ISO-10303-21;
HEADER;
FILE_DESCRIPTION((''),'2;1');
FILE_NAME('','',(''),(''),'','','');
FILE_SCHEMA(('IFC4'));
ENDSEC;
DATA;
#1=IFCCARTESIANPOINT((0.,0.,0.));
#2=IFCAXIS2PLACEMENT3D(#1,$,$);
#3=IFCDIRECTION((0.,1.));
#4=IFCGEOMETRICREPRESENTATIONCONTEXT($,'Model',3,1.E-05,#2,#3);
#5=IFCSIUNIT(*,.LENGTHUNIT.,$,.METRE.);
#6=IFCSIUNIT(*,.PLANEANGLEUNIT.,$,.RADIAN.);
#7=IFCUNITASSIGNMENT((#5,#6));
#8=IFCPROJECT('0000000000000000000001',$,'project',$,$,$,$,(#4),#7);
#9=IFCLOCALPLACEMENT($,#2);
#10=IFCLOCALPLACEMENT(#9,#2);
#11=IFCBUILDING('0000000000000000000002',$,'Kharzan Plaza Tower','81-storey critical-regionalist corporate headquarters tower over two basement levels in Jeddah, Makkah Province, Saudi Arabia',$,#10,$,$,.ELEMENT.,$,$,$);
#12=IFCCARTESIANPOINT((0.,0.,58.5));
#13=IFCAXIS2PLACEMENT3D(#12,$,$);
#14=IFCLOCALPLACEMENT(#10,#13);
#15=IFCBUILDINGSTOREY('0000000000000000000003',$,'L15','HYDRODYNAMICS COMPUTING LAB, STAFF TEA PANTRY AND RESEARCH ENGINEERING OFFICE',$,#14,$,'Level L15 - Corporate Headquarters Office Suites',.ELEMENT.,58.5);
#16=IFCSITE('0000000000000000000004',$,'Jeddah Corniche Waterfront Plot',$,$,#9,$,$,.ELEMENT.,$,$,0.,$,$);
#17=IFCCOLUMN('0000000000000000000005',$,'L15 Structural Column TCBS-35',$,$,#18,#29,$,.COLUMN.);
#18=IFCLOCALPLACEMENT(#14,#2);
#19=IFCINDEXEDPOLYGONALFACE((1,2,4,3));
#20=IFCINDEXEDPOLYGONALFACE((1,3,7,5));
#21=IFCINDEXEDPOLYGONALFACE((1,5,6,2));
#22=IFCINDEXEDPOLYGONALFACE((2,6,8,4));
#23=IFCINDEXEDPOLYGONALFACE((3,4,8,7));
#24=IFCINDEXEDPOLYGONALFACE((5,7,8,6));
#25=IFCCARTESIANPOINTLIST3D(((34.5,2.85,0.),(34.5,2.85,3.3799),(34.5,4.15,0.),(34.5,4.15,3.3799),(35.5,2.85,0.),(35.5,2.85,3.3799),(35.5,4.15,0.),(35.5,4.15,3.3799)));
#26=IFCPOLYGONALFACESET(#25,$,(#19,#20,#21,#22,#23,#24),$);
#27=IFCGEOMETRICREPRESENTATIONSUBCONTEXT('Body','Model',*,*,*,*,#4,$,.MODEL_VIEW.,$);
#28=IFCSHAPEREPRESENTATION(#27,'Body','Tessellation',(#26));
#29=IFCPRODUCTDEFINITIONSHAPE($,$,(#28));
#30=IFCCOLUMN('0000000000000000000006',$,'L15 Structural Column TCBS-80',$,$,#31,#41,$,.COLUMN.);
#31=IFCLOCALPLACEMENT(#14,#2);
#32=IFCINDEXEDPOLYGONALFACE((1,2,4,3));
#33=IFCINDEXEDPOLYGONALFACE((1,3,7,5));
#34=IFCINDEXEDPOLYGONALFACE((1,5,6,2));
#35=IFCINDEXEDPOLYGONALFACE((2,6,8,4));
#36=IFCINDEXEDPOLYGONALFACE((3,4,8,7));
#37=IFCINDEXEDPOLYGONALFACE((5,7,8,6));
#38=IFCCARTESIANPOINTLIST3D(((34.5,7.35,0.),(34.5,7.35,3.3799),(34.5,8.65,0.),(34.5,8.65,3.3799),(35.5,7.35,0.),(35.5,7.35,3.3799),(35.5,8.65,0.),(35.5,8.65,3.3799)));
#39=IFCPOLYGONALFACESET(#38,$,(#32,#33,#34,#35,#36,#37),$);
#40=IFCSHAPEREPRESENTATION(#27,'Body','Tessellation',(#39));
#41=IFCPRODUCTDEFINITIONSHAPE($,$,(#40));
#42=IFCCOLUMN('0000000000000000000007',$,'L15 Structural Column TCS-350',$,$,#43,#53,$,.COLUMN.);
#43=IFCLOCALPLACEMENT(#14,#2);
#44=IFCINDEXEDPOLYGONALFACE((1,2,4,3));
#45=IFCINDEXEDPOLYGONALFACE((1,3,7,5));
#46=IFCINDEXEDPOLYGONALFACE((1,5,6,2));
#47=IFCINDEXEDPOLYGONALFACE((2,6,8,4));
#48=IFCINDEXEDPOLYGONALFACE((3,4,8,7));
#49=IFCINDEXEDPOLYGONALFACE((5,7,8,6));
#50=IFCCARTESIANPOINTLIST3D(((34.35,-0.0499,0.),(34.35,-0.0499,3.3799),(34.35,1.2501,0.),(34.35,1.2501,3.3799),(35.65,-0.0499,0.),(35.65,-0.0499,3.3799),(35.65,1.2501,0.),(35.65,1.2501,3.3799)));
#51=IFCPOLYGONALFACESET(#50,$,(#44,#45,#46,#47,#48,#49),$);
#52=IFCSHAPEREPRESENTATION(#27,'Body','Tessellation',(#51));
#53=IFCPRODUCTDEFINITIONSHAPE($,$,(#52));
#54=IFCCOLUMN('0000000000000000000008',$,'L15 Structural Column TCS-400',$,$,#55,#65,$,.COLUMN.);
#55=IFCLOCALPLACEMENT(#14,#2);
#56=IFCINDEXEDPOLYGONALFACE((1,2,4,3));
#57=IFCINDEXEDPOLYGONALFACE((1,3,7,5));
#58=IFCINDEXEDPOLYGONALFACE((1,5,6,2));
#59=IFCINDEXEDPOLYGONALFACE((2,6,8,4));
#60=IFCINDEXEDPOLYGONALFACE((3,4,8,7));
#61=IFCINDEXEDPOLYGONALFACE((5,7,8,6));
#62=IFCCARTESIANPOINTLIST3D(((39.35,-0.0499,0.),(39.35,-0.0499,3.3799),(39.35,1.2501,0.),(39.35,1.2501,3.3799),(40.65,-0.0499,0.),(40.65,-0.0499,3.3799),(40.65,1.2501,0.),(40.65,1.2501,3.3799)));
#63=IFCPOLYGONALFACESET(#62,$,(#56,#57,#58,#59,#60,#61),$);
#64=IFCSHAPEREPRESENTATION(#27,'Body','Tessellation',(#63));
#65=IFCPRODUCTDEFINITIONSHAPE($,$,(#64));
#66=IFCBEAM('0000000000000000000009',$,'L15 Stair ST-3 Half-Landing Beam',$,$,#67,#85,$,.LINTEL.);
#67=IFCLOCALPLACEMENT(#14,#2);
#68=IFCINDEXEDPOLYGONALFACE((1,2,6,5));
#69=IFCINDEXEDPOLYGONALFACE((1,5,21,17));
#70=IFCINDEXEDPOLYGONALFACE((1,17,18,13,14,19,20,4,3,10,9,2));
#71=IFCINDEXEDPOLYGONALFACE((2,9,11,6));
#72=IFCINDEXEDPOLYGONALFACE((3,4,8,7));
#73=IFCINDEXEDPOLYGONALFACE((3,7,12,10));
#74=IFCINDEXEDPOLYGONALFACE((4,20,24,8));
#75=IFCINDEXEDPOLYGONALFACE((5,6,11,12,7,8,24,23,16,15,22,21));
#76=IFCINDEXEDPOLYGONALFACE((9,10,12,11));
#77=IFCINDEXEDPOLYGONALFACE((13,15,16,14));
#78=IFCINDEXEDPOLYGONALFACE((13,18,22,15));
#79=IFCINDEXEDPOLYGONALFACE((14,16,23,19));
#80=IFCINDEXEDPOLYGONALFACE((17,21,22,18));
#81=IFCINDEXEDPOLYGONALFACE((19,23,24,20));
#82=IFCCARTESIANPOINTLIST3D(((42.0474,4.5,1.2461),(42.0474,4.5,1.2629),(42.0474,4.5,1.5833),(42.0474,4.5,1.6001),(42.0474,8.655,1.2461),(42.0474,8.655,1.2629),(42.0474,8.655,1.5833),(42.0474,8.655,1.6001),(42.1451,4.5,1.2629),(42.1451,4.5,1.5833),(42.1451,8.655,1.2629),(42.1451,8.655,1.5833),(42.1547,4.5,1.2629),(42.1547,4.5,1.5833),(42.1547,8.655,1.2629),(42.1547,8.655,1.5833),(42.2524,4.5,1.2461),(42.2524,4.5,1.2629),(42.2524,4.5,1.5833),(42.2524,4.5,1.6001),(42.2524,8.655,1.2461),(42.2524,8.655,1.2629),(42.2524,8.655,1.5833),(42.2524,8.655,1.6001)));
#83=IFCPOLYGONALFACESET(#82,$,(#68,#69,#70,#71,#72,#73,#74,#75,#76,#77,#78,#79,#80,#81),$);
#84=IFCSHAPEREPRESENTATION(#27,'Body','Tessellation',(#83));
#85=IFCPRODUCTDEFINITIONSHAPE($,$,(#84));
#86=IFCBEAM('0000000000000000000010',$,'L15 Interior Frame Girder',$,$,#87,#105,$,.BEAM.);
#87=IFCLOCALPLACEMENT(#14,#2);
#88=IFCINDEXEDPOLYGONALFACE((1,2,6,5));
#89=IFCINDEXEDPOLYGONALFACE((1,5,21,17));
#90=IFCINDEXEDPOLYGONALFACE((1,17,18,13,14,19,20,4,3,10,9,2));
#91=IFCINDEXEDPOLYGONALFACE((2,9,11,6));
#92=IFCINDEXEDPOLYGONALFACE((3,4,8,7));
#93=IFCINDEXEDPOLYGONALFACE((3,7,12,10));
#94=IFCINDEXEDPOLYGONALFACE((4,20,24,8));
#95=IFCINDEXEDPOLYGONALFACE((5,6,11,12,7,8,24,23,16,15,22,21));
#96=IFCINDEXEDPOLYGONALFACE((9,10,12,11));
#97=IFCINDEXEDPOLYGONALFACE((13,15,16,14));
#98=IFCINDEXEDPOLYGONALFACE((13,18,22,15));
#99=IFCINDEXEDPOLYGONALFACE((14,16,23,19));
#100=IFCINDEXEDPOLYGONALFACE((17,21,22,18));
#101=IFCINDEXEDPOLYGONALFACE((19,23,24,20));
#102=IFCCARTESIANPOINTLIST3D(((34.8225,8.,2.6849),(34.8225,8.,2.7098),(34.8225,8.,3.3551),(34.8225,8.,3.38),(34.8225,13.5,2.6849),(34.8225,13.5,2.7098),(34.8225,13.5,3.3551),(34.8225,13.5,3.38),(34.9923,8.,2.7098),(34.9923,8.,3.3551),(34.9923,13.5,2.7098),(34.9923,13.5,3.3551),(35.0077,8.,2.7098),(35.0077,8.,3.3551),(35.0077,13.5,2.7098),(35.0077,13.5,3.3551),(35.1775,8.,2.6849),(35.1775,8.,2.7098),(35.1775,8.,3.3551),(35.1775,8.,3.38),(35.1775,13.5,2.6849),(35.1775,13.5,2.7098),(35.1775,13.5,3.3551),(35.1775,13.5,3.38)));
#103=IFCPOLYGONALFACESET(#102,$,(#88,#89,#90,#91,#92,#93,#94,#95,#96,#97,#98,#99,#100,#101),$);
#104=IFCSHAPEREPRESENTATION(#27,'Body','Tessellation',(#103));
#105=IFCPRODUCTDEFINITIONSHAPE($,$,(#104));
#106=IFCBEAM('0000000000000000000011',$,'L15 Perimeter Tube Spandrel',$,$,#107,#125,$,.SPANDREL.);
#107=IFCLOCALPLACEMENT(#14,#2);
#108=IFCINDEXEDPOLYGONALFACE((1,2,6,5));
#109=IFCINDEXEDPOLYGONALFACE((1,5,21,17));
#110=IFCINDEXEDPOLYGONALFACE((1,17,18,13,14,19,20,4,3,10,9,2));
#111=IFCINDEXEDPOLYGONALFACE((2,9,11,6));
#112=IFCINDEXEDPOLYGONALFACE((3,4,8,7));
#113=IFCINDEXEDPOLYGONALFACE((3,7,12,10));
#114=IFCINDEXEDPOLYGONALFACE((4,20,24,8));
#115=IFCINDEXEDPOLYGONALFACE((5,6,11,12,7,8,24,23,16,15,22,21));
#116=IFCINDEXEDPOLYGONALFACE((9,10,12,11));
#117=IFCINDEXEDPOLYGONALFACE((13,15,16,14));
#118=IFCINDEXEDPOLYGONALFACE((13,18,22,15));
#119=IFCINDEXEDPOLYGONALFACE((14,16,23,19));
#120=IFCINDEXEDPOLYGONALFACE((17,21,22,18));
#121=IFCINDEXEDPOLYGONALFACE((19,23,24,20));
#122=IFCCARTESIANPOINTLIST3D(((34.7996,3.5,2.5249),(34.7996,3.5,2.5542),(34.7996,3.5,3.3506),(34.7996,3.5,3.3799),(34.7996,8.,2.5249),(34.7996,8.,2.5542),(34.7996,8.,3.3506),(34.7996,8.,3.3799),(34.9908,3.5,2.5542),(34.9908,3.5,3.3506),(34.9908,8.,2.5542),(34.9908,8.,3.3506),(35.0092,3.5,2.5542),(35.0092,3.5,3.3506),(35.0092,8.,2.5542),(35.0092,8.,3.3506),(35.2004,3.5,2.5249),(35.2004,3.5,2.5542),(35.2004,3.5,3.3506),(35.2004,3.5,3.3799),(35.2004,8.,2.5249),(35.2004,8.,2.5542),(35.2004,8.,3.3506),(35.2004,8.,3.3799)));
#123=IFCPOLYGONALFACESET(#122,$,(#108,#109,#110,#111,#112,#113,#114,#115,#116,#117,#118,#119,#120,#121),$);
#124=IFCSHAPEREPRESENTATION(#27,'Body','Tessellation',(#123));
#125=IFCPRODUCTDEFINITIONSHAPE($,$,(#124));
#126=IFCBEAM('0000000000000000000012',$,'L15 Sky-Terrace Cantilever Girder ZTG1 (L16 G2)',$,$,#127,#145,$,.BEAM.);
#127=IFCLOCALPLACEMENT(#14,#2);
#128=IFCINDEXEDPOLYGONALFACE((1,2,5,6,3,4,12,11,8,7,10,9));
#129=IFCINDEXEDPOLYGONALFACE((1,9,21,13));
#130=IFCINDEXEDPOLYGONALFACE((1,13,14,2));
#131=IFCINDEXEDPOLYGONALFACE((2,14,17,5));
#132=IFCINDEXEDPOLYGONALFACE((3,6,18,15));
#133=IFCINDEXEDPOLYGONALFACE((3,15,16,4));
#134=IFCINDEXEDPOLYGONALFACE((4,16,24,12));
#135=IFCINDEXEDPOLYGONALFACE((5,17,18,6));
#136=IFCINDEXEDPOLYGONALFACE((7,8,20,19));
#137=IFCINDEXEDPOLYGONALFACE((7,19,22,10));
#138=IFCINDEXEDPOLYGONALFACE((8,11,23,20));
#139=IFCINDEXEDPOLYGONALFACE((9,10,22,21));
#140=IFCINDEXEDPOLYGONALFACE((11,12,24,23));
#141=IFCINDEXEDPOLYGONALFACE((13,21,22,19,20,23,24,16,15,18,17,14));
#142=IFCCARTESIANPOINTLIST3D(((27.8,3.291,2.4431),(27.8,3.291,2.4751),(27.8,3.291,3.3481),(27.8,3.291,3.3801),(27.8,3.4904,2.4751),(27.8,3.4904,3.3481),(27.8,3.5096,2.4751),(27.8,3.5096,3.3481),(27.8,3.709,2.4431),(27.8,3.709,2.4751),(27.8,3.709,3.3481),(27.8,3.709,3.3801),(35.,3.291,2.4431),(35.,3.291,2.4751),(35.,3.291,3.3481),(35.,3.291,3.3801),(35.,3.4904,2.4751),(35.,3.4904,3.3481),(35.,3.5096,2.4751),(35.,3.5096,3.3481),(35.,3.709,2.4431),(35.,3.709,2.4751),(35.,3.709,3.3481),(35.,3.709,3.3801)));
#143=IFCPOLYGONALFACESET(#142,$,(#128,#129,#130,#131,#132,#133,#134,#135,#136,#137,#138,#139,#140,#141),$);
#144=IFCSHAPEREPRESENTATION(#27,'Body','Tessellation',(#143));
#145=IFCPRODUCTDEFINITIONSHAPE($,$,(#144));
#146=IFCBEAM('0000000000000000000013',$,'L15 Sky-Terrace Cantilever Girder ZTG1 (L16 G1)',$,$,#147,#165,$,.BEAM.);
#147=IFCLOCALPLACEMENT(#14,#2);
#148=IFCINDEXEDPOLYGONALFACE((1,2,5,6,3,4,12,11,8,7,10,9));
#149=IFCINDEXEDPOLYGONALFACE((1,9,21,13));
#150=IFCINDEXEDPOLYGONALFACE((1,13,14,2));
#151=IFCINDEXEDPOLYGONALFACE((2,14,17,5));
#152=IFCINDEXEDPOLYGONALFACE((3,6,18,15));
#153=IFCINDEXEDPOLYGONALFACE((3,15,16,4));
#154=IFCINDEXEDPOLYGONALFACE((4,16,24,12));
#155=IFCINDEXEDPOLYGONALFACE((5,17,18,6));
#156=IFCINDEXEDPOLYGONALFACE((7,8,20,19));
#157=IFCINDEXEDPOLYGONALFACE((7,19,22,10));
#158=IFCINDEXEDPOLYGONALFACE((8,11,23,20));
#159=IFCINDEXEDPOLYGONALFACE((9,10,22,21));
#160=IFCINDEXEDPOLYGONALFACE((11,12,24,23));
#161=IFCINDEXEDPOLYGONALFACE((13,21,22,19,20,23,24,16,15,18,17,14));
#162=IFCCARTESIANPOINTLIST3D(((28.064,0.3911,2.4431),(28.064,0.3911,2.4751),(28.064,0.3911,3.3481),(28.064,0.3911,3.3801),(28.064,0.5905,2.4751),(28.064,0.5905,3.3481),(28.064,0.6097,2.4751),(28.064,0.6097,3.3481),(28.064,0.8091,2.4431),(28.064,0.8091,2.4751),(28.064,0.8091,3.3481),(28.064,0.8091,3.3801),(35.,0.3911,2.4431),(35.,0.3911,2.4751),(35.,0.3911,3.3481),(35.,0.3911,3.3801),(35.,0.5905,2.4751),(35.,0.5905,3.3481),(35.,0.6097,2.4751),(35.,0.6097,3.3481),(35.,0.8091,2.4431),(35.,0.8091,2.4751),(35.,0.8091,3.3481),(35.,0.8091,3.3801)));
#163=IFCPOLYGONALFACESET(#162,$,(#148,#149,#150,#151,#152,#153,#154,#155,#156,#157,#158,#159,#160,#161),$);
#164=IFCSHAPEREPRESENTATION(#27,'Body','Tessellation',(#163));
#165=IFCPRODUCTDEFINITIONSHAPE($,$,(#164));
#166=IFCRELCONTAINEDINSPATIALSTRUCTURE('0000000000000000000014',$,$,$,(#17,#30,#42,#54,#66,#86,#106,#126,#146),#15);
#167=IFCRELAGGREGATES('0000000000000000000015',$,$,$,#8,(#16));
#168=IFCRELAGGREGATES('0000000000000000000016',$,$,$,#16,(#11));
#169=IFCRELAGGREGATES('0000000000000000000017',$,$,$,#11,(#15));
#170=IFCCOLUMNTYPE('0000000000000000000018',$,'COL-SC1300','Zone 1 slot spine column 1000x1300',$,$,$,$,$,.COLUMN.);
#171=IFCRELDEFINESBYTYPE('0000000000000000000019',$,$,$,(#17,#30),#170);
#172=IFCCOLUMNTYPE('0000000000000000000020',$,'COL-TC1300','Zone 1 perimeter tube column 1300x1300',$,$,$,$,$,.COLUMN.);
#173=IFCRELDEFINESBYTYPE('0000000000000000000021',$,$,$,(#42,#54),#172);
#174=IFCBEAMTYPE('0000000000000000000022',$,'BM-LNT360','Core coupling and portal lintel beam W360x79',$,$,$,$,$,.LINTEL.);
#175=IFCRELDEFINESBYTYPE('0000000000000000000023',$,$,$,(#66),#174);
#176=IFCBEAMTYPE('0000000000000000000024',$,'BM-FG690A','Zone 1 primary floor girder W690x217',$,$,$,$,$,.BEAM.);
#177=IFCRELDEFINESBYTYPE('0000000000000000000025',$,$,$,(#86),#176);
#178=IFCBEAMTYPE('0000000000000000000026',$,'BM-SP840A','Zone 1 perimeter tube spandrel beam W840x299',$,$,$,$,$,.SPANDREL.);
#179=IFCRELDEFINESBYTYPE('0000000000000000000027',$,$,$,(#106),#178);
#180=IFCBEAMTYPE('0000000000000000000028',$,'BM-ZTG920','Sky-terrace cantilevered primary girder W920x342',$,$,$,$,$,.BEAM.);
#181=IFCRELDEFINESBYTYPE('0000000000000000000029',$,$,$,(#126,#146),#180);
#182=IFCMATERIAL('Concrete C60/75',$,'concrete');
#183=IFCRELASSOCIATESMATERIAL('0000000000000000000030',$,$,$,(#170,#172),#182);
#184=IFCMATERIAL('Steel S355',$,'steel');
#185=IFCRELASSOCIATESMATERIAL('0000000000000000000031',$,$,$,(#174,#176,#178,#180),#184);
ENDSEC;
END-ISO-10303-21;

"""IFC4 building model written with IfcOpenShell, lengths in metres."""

from ifc_helpers import new_model, si_unit, direction, frame, origin, origin_2d, place, context, subcontext, project, spatial, rectangle, i_section, extrude, source, transform, mapped, material, material_profile, profile_set, type_object, element, save


model = new_model("IFC4")

# Units and contexts
model_context = context("Model", 3, precision=1e-05, world=origin(), true_north=direction((0.0, 1.0)))
body_context = subcontext(model_context, "Body", "Model", "MODEL_VIEW")
ifc_project = project(units=[si_unit("LENGTHUNIT", "METRE"), si_unit("PLANEANGLEUNIT", "RADIAN")], contexts=[model_context])

# Site, building, storey
site_placement = place(None, origin())
site = spatial("IfcSite", under=ifc_project, at=site_placement, Name="Jeddah Corniche Waterfront Plot", CompositionType="ELEMENT", RefElevation=0.0)
building_placement = place(site_placement, origin())
building = spatial("IfcBuilding", under=site, at=building_placement, Name="Kharzan Plaza Tower", Description="81-storey critical-regionalist corporate headquarters tower over two basement levels in Jeddah, Makkah Province, Saudi Arabia", CompositionType="ELEMENT")
storey_placement = place(building_placement, frame((0.0, 0.0, 58.5)))
storey = spatial("IfcBuildingStorey", under=building, at=storey_placement, Name="L15", Description="HYDRODYNAMICS COMPUTING LAB, STAFF TEA PANTRY AND RESEARCH ENGINEERING OFFICE", LongName="Level L15 - Corporate Headquarters Office Suites", CompositionType="ELEMENT", Elevation=58.5)

# Columns
ifc_material_1 = material(Name="Concrete C60/75", Category="concrete")
ifc_material_profile_1 = material_profile(ifc_material_1, rectangle(XDim=1.0, YDim=1.3, at=origin_2d()), Name="RC-SC1300x1000")
ifc_profile_set_1 = profile_set([ifc_material_profile_1], Name="Concrete C60/75")
column_type_1 = type_object("IfcColumnType", Name="COL-SC1300", Description="Zone 1 slot spine column 1000x1300", PredefinedType="COLUMN", material=ifc_profile_set_1)
shared_shape_1 = source(origin(), body_context, "Body", "SweptSolid", [
    extrude(rectangle(XDim=1.0, YDim=1.3, at=origin_2d()), origin(), (0.0, 0.0, 1.0), 3.3799),
])
for number, where, z_axis, x_axis, name in (
    (1, (35.0, 3.5, 0.0), (0.0, 0.0, 1.0), (1.0, 0.0, 0.0), "L15 Structural Column TCBS-35"),
    (2, (35.0, 8.0, 0.0), (0.0, 0.0, 1.0), (1.0, 0.0, 0.0), "L15 Structural Column TCBS-80"),
):
    element("IfcColumn", number, at=place(storey_placement, frame(where, z_axis=z_axis, x_axis=x_axis)), inside=storey, type_object=column_type_1, Name=name, PredefinedType="COLUMN", context=body_context, shape_type="MappedRepresentation", body=[
        mapped(shared_shape_1, transform((0.0, 0.0, 0.0), x_axis=(1.0, 0.0, 0.0), y_axis=(0.0, 1.0, 0.0), z_axis=(0.0, 0.0, 1.0))),
    ])
ifc_material_profile_2 = material_profile(ifc_material_1, rectangle(XDim=1.3, YDim=1.3, at=origin_2d()), Name="RC-TC1300x1300")
ifc_profile_set_2 = profile_set([ifc_material_profile_2], Name="Concrete C60/75")
column_type_2 = type_object("IfcColumnType", Name="COL-TC1300", Description="Zone 1 perimeter tube column 1300x1300", PredefinedType="COLUMN", material=ifc_profile_set_2)
shared_shape_2 = source(origin(), body_context, "Body", "SweptSolid", [
    extrude(rectangle(XDim=1.3, YDim=1.3, at=origin_2d()), origin(), (0.0, 0.0, 1.0), 3.3799),
])
for number, where, z_axis, x_axis, name in (
    (3, (35.0, 0.6001, 0.0), (0.0, 0.0, 1.0), (1.0, 0.0, 0.0), "L15 Structural Column TCS-350"),
    (4, (40.0, 0.6001, 0.0), (0.0, 0.0, 1.0), (1.0, 0.0, 0.0), "L15 Structural Column TCS-400"),
):
    element("IfcColumn", number, at=place(storey_placement, frame(where, z_axis=z_axis, x_axis=x_axis)), inside=storey, type_object=column_type_2, Name=name, PredefinedType="COLUMN", context=body_context, shape_type="MappedRepresentation", body=[
        mapped(shared_shape_2, transform((0.0, 0.0, 0.0), x_axis=(1.0, 0.0, 0.0), y_axis=(0.0, 1.0, 0.0), z_axis=(0.0, 0.0, 1.0))),
    ])

# Beams
ifc_material_2 = material(Name="Steel S355", Category="steel")
ifc_material_profile_3 = material_profile(ifc_material_2, i_section(OverallWidth=0.2051, OverallDepth=0.354, WebThickness=0.0095, FlangeThickness=0.0168, at=origin_2d()), Name="W360x79")
ifc_profile_set_3 = profile_set([ifc_material_profile_3], Name="Steel S355")
beam_type_1 = type_object("IfcBeamType", Name="BM-LNT360", Description="Core coupling and portal lintel beam W360x79", PredefinedType="LINTEL", material=ifc_profile_set_3)
shared_shape_3 = source(origin(), body_context, "Body", "SweptSolid", [
    extrude(i_section(OverallWidth=0.2051, OverallDepth=0.354, WebThickness=0.0095, FlangeThickness=0.0168, at=origin_2d()), origin(), (0.0, 0.0, 1.0), 4.155),
])
beam_1_placement = place(storey_placement, frame((42.1499, 4.5, 1.4231), z_axis=(0.0, 1.0, 0.0), x_axis=(-1.0, 0.0, 0.0)))
element("IfcBeam", 5, at=beam_1_placement, inside=storey, type_object=beam_type_1, Name="L15 Stair ST-3 Half-Landing Beam", PredefinedType="LINTEL", context=body_context, shape_type="MappedRepresentation", body=[
    mapped(shared_shape_3, transform((0.0, 0.0, 0.0), x_axis=(1.0, 0.0, 0.0), y_axis=(0.0, 1.0, 0.0), z_axis=(0.0, 0.0, 1.0))),
])
ifc_material_profile_4 = material_profile(ifc_material_2, i_section(OverallWidth=0.355, OverallDepth=0.6951, WebThickness=0.0154, FlangeThickness=0.0249, at=origin_2d()), Name="W690x217")
ifc_profile_set_4 = profile_set([ifc_material_profile_4], Name="Steel S355")
beam_type_2 = type_object("IfcBeamType", Name="BM-FG690A", Description="Zone 1 primary floor girder W690x217", PredefinedType="BEAM", material=ifc_profile_set_4)
shared_shape_4 = source(origin(), body_context, "Body", "SweptSolid", [
    extrude(i_section(OverallWidth=0.355, OverallDepth=0.6951, WebThickness=0.0154, FlangeThickness=0.0249, at=origin_2d()), origin(), (0.0, 0.0, 1.0), 5.5),
])
beam_2_placement = place(storey_placement, frame((35.0, 8.0, 3.0325), z_axis=(0.0, 1.0, 0.0), x_axis=(-1.0, 0.0, 0.0)))
element("IfcBeam", 6, at=beam_2_placement, inside=storey, type_object=beam_type_2, Name="L15 Interior Frame Girder", PredefinedType="BEAM", context=body_context, shape_type="MappedRepresentation", body=[
    mapped(shared_shape_4, transform((0.0, 0.0, 0.0), x_axis=(1.0, 0.0, 0.0), y_axis=(0.0, 1.0, 0.0), z_axis=(0.0, 0.0, 1.0))),
])
ifc_material_profile_5 = material_profile(ifc_material_2, i_section(OverallWidth=0.4009, OverallDepth=0.855, WebThickness=0.0183, FlangeThickness=0.0293, at=origin_2d()), Name="W840x299")
ifc_profile_set_5 = profile_set([ifc_material_profile_5], Name="Steel S355")
beam_type_3 = type_object("IfcBeamType", Name="BM-SP840A", Description="Zone 1 perimeter tube spandrel beam W840x299", PredefinedType="SPANDREL", material=ifc_profile_set_5)
shared_shape_5 = source(origin(), body_context, "Body", "SweptSolid", [
    extrude(i_section(OverallWidth=0.4009, OverallDepth=0.855, WebThickness=0.0183, FlangeThickness=0.0293, at=origin_2d()), origin(), (0.0, 0.0, 1.0), 4.5),
])
beam_3_placement = place(storey_placement, frame((35.0, 3.5, 2.9524), z_axis=(0.0, 1.0, 0.0), x_axis=(-1.0, 0.0, 0.0)))
element("IfcBeam", 7, at=beam_3_placement, inside=storey, type_object=beam_type_3, Name="L15 Perimeter Tube Spandrel", PredefinedType="SPANDREL", context=body_context, shape_type="MappedRepresentation", body=[
    mapped(shared_shape_5, transform((0.0, 0.0, 0.0), x_axis=(1.0, 0.0, 0.0), y_axis=(0.0, 1.0, 0.0), z_axis=(0.0, 0.0, 1.0))),
])
ifc_material_profile_6 = material_profile(ifc_material_2, i_section(OverallWidth=0.418, OverallDepth=0.937, WebThickness=0.0193, FlangeThickness=0.032, at=origin_2d()), Name="W920x342")
ifc_profile_set_6 = profile_set([ifc_material_profile_6], Name="Steel S355")
beam_type_4 = type_object("IfcBeamType", Name="BM-ZTG920", Description="Sky-terrace cantilevered primary girder W920x342", PredefinedType="BEAM", material=ifc_profile_set_6)
shared_shape_6 = source(origin(), body_context, "Body", "SweptSolid", [
    extrude(i_section(OverallWidth=0.418, OverallDepth=0.937, WebThickness=0.0193, FlangeThickness=0.032, at=origin_2d()), origin(), (0.0, 0.0, 1.0), 7.2),
])
beam_4_placement = place(storey_placement, frame((35.0, 3.5, 2.9116), z_axis=(-1.0, 0.0, 0.0), x_axis=(0.0, -1.0, 0.0)))
element("IfcBeam", 8, at=beam_4_placement, inside=storey, type_object=beam_type_4, Name="L15 Sky-Terrace Cantilever Girder ZTG1 (L16 G2)", PredefinedType="BEAM", context=body_context, shape_type="MappedRepresentation", body=[
    mapped(shared_shape_6, transform((0.0, 0.0, 0.0), x_axis=(1.0, 0.0, 0.0), y_axis=(0.0, 1.0, 0.0), z_axis=(0.0, 0.0, 1.0))),
])
shared_shape_7 = source(origin(), body_context, "Body", "SweptSolid", [
    extrude(i_section(OverallWidth=0.418, OverallDepth=0.937, WebThickness=0.0193, FlangeThickness=0.032, at=origin_2d()), origin(), (0.0, 0.0, 1.0), 6.936),
])
beam_5_placement = place(storey_placement, frame((35.0, 0.6001, 2.9116), z_axis=(-1.0, 0.0, 0.0), x_axis=(0.0, -1.0, 0.0)))
element("IfcBeam", 9, at=beam_5_placement, inside=storey, type_object=beam_type_4, Name="L15 Sky-Terrace Cantilever Girder ZTG1 (L16 G1)", PredefinedType="BEAM", context=body_context, shape_type="MappedRepresentation", body=[
    mapped(shared_shape_7, transform((0.0, 0.0, 0.0), x_axis=(1.0, 0.0, 0.0), y_axis=(0.0, 1.0, 0.0), z_axis=(0.0, 0.0, 1.0))),
])

save(model, "model.ifc")
